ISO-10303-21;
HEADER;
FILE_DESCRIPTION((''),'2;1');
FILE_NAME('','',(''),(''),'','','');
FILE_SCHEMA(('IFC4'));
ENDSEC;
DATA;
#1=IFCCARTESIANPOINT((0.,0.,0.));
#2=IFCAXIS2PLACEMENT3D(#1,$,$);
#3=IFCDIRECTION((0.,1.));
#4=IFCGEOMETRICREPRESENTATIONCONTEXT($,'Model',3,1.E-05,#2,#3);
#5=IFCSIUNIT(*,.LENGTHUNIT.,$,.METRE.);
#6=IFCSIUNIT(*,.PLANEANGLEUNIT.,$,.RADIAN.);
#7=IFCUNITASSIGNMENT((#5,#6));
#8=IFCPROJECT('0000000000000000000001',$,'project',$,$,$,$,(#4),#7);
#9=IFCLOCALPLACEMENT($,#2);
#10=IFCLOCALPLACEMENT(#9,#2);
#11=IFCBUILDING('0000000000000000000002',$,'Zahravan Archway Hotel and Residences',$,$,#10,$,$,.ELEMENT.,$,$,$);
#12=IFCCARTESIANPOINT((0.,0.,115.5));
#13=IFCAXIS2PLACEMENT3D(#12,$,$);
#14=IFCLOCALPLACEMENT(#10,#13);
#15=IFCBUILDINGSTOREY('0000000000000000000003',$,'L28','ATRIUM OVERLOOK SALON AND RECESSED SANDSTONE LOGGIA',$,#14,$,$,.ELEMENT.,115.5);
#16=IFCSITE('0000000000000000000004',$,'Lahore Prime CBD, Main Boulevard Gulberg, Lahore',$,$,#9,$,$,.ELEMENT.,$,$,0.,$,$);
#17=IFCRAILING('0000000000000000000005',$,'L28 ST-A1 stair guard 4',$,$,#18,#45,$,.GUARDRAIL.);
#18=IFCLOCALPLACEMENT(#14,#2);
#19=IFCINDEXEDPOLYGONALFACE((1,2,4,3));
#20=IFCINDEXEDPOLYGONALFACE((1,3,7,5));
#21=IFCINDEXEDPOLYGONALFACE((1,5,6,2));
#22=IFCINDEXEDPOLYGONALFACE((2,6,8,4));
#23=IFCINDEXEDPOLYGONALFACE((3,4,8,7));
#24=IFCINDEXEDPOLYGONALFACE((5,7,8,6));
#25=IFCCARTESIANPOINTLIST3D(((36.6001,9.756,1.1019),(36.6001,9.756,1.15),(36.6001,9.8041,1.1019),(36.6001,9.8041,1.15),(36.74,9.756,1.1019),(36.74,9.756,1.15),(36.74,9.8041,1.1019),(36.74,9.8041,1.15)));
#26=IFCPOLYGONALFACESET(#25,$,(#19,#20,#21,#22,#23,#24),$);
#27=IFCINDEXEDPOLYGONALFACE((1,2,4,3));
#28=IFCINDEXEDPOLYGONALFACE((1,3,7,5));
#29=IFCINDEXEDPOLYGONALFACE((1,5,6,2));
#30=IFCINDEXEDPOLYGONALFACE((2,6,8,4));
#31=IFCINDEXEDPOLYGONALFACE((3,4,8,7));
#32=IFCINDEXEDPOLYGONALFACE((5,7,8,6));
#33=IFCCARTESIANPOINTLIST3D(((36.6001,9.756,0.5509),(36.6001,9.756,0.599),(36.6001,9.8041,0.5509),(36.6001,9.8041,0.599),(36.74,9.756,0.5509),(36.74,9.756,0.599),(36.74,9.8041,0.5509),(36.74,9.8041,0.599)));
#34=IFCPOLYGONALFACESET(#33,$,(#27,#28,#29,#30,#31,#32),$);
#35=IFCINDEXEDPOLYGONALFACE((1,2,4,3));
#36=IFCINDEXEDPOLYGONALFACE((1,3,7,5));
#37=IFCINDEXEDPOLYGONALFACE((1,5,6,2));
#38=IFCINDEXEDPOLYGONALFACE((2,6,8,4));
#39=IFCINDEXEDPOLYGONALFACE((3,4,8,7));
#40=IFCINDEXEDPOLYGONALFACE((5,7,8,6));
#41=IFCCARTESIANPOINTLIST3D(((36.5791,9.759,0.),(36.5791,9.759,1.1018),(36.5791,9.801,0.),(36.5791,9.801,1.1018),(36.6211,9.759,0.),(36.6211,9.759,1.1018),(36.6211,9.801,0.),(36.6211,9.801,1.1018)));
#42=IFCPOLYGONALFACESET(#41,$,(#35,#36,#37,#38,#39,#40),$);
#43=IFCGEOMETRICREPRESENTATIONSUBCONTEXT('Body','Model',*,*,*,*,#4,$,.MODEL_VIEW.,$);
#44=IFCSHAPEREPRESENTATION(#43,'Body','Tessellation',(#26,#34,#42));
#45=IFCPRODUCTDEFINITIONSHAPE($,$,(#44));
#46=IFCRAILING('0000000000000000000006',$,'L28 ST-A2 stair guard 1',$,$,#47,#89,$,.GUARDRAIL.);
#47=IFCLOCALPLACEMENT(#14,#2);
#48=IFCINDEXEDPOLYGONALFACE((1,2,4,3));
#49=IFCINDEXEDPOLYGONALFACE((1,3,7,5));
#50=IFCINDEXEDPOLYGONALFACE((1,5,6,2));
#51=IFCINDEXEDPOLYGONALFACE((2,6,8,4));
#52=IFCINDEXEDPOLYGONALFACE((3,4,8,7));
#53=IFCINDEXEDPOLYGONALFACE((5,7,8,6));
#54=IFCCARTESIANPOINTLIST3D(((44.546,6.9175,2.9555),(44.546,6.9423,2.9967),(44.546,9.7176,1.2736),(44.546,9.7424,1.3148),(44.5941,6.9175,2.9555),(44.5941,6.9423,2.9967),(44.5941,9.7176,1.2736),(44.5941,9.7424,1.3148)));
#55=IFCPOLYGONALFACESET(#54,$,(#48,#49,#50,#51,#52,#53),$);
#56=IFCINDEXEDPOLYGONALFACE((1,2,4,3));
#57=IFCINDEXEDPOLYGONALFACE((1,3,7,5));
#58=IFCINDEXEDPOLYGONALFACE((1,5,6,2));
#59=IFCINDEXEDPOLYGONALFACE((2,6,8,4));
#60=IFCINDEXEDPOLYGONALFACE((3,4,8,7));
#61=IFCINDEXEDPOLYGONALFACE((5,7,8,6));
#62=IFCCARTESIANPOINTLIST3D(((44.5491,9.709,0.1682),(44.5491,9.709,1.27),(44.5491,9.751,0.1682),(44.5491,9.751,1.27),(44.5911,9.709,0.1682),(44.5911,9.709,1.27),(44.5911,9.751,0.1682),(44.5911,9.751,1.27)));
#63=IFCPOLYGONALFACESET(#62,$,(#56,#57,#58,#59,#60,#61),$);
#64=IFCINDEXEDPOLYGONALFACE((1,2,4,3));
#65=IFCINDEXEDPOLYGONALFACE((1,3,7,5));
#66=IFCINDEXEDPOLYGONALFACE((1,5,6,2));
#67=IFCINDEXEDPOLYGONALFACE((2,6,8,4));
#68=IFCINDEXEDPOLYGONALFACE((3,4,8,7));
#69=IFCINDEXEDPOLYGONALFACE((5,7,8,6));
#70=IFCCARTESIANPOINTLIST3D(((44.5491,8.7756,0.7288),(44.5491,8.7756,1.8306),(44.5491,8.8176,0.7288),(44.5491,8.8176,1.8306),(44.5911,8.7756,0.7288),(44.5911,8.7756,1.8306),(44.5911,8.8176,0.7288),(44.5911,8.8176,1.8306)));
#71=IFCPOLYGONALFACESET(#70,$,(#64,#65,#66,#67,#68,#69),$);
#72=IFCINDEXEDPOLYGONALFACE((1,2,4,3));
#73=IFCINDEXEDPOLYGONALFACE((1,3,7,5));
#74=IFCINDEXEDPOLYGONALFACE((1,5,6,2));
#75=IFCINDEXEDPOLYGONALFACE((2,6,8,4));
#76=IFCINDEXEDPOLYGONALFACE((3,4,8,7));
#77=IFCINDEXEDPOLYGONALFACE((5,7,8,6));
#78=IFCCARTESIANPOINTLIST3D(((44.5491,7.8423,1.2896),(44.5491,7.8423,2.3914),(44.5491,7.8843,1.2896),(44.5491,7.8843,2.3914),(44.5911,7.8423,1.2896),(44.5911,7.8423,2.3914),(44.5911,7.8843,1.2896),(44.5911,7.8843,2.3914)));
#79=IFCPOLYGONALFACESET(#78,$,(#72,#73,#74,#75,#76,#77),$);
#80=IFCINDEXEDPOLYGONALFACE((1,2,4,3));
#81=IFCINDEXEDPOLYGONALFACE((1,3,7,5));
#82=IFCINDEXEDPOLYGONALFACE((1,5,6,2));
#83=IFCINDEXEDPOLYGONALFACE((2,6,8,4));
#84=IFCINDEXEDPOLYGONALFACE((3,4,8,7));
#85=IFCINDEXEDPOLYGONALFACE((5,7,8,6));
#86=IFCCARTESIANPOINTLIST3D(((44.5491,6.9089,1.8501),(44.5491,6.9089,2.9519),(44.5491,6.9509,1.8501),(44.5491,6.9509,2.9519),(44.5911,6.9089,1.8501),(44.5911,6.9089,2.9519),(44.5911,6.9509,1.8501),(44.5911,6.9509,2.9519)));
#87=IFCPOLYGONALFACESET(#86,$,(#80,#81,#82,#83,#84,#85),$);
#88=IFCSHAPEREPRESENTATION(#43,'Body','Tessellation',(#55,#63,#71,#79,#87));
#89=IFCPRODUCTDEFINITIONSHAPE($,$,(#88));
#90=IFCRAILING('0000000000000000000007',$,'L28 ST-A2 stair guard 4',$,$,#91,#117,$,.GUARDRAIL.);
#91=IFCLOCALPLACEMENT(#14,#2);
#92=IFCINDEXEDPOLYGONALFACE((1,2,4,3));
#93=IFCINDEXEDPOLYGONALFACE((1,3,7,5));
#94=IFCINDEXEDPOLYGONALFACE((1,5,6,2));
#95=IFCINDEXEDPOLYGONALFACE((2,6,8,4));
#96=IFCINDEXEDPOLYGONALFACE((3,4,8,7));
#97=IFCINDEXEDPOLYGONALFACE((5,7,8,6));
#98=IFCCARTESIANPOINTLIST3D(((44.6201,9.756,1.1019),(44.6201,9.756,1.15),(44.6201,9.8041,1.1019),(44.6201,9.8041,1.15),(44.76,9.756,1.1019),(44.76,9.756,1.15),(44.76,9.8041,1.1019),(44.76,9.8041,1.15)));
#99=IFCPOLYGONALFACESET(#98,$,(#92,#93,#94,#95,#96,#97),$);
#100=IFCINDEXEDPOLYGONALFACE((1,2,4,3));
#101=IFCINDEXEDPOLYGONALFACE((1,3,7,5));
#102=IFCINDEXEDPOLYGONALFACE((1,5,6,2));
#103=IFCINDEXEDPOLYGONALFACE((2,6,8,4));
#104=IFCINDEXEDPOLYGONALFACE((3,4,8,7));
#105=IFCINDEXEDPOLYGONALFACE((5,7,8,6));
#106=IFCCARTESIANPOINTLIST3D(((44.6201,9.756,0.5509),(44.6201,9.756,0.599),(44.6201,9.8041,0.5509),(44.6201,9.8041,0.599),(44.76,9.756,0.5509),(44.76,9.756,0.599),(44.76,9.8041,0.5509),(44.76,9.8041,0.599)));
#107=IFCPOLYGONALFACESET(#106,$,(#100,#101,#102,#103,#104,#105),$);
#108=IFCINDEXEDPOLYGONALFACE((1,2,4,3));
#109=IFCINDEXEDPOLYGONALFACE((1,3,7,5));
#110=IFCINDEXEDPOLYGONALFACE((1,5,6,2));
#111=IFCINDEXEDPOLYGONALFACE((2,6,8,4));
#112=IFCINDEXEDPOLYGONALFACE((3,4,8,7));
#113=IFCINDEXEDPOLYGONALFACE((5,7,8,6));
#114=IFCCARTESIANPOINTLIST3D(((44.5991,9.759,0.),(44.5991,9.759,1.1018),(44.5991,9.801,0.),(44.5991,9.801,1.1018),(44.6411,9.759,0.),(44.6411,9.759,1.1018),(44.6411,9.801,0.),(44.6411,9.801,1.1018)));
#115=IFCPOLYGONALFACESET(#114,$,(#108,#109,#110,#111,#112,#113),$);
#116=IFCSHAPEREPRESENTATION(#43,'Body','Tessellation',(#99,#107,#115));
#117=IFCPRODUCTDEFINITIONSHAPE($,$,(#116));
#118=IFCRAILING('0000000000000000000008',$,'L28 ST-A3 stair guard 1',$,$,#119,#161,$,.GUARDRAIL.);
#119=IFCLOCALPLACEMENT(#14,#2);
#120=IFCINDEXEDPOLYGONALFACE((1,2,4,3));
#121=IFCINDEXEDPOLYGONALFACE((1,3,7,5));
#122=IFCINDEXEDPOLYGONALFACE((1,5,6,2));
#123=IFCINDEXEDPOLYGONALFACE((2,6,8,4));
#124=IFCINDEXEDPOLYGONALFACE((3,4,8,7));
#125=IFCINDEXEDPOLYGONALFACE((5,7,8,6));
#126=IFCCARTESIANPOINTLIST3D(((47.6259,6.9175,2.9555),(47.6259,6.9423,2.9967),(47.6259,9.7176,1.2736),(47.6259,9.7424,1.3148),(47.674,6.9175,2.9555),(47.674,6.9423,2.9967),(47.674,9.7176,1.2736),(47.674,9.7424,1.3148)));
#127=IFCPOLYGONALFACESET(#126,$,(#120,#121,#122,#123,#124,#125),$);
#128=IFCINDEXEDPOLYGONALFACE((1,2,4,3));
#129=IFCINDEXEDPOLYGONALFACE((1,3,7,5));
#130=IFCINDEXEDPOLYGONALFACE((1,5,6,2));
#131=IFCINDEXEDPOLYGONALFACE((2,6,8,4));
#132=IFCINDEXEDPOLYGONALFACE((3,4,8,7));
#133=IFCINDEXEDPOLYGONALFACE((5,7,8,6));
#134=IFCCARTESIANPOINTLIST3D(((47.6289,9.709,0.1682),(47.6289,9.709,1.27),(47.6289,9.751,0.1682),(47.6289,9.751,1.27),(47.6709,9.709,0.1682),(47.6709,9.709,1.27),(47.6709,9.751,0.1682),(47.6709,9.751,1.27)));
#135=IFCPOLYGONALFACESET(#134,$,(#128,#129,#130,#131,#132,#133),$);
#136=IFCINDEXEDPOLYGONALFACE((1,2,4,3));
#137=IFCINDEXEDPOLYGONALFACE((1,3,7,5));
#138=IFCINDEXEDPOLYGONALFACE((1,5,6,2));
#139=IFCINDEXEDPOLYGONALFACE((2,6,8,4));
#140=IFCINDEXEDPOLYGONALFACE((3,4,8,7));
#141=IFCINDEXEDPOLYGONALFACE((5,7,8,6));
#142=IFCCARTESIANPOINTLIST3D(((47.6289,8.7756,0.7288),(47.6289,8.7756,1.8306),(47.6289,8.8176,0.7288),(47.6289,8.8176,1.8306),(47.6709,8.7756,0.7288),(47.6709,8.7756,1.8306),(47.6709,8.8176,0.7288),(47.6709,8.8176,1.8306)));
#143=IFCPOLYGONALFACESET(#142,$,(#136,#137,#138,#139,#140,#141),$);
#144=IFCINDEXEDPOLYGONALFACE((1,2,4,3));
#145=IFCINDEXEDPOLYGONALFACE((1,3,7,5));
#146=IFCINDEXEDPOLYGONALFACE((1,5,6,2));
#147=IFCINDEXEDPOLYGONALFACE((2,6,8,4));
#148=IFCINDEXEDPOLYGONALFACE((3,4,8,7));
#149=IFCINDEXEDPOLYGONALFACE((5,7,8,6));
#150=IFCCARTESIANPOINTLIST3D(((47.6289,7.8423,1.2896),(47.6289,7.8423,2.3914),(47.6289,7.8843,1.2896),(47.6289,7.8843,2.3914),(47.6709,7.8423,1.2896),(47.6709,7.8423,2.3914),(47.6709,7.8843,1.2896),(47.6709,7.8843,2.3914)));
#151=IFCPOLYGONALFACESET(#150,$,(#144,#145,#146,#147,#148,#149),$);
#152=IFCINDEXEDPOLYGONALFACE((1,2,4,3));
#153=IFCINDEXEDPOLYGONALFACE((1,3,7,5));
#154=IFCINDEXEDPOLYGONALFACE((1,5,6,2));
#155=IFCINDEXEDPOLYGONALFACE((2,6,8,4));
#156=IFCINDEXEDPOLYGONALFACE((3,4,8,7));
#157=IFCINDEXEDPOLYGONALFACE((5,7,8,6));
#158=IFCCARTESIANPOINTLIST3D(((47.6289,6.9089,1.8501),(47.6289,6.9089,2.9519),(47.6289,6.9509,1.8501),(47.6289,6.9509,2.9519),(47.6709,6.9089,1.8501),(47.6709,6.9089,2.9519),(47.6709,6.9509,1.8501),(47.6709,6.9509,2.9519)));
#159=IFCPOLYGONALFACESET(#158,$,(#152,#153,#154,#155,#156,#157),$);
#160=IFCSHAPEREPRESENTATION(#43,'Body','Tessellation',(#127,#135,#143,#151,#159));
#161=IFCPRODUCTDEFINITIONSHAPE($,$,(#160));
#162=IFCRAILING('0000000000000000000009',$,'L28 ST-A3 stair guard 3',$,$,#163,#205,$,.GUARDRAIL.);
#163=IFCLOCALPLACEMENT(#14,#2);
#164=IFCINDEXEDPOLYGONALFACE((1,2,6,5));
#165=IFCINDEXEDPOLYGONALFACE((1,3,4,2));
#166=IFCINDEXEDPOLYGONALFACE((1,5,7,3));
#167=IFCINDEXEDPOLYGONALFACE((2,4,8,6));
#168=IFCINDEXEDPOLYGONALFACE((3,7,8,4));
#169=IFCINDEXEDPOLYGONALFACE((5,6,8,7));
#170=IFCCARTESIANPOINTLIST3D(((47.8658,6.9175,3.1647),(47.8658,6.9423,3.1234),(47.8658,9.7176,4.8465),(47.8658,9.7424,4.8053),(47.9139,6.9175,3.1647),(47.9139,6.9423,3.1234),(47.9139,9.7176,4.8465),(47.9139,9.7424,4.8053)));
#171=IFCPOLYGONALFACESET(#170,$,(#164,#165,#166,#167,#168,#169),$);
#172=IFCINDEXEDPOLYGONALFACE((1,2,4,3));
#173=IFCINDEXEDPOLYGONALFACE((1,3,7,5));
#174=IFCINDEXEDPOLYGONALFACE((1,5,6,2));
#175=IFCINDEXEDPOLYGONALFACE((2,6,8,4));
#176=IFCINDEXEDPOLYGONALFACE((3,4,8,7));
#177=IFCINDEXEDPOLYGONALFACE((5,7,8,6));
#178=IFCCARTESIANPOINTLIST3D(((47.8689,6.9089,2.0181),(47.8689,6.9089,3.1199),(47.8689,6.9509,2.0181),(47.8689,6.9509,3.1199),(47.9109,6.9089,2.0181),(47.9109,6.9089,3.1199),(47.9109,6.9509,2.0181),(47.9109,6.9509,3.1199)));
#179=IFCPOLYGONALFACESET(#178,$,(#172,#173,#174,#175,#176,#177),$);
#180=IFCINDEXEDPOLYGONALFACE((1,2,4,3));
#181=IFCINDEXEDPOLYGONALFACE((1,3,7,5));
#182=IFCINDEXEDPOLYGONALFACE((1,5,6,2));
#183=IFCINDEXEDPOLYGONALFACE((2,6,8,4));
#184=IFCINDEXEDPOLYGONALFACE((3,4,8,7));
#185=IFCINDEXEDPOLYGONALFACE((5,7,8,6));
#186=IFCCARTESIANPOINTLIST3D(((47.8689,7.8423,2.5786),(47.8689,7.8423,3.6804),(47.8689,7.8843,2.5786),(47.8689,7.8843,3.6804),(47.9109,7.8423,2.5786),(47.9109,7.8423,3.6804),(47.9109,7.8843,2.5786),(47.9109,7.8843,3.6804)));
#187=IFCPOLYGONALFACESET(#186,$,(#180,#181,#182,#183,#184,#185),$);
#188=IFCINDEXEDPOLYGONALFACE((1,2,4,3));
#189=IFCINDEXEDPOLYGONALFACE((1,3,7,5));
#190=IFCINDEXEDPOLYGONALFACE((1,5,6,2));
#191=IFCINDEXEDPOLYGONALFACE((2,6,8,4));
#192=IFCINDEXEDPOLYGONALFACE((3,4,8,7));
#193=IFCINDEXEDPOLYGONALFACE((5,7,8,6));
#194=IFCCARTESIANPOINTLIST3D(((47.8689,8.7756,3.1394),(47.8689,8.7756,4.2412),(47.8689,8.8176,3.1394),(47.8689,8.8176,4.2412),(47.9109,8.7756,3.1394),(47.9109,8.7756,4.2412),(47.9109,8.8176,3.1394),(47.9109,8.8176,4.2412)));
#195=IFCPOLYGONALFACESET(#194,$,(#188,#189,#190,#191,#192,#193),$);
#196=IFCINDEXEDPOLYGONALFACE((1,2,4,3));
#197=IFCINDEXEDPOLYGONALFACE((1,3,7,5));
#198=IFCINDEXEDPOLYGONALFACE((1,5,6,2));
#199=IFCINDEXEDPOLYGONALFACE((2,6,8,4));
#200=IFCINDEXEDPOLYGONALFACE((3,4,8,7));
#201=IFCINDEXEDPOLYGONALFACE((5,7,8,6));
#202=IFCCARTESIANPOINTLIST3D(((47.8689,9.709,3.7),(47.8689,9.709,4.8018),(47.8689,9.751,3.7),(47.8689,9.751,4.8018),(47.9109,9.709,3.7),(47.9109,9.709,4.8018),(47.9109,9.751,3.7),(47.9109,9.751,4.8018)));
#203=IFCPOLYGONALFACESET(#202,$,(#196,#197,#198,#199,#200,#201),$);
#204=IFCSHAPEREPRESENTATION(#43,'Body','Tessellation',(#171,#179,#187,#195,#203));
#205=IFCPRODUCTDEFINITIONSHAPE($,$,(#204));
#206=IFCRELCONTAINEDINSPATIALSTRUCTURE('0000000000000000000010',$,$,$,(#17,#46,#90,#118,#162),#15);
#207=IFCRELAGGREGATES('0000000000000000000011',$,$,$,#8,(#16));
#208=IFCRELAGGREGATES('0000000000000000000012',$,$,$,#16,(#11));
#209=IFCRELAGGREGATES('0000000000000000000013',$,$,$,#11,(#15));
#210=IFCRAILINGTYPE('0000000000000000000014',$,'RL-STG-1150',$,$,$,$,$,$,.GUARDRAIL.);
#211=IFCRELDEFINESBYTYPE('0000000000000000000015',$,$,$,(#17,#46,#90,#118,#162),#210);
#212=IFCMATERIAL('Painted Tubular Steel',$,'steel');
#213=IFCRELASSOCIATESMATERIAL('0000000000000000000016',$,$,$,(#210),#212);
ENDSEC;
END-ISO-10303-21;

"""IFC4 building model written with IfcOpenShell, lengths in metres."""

from ifc_helpers import new_model, si_unit, direction, frame, origin, origin_2d, place, context, subcontext, project, spatial, rectangle, extrude, material, type_object, element, save


model = new_model("IFC4")

# Units and contexts
model_context = context("Model", 3, precision=1e-05, world=origin(), true_north=direction((0.0, 1.0)))
body_context = subcontext(model_context, "Body", "Model", "MODEL_VIEW")
ifc_project = project(units=[si_unit("LENGTHUNIT", "METRE"), si_unit("PLANEANGLEUNIT", "RADIAN")], contexts=[model_context])

# Site, building, storey
site_placement = place(None, origin())
site = spatial("IfcSite", under=ifc_project, at=site_placement, Name="Lahore Prime CBD, Main Boulevard Gulberg, Lahore", CompositionType="ELEMENT", RefElevation=0.0)
building_placement = place(site_placement, origin())
building = spatial("IfcBuilding", under=site, at=building_placement, Name="Zahravan Archway Hotel and Residences", CompositionType="ELEMENT")
storey_placement = place(building_placement, frame((0.0, 0.0, 115.5)))
storey = spatial("IfcBuildingStorey", under=building, at=storey_placement, Name="L28", Description="ATRIUM OVERLOOK SALON AND RECESSED SANDSTONE LOGGIA", CompositionType="ELEMENT", Elevation=115.5)

# Railings
ifc_material_1 = material(Name="Painted Tubular Steel", Category="steel")
railing_type_1 = type_object("IfcRailingType", Name="RL-STG-1150", PredefinedType="GUARDRAIL", material=ifc_material_1)
railing_1_placement = place(storey_placement, frame((36.6001, 9.78, 0.0)))
element("IfcRailing", 1, at=railing_1_placement, inside=storey, type_object=railing_type_1, Name="L28 ST-A1 stair guard 4", PredefinedType="GUARDRAIL", context=body_context, shape_type="SweptSolid", body=[
    extrude(rectangle(XDim=0.0481, YDim=0.0481, at=origin_2d()), frame((0.0, 0.0, 1.126), z_axis=(1.0, 0.0, 0.0), x_axis=(0.0, 1.0, 0.0)), (0.0, 0.0, 1.0), 0.1399),
    extrude(rectangle(XDim=0.0481, YDim=0.0481, at=origin_2d()), frame((0.0, 0.0, 0.575), z_axis=(1.0, 0.0, 0.0), x_axis=(0.0, 1.0, 0.0)), (0.0, 0.0, 1.0), 0.1399),
    extrude(rectangle(XDim=0.042, YDim=0.042, at=origin_2d()), origin(), (0.0, 0.0, 1.0), 1.1018),
])
railing_2_placement = place(storey_placement, frame((44.5701, 9.73, 0.1682)))
element("IfcRailing", 2, at=railing_2_placement, inside=storey, type_object=railing_type_1, Name="L28 ST-A2 stair guard 1", PredefinedType="GUARDRAIL", context=body_context, shape_type="SweptSolid", body=[
    extrude(rectangle(XDim=0.0481, YDim=0.0481, at=origin_2d()), frame((0.0, 0.0, 1.126), z_axis=(0.0, -0.857242, 0.514913), x_axis=(1.0, 0.0, 0.0)), (0.0, 0.0, 1.0), 3.2664),
    extrude(rectangle(XDim=0.042, YDim=0.042, at=origin_2d()), origin(), (0.0, 0.0, 1.0), 1.1018),
    extrude(rectangle(XDim=0.042, YDim=0.042, at=origin_2d()), frame((0.0, -0.9333, 0.5605)), (0.0, 0.0, 1.0), 1.1018),
    extrude(rectangle(XDim=0.042, YDim=0.042, at=origin_2d()), frame((0.0, -1.8667, 1.1213)), (0.0, 0.0, 1.0), 1.1018),
    extrude(rectangle(XDim=0.042, YDim=0.042, at=origin_2d()), frame((0.0, -2.8, 1.6819)), (0.0, 0.0, 1.0), 1.1018),
])
railing_3_placement = place(storey_placement, frame((44.6201, 9.78, 0.0)))
element("IfcRailing", 3, at=railing_3_placement, inside=storey, type_object=railing_type_1, Name="L28 ST-A2 stair guard 4", PredefinedType="GUARDRAIL", context=body_context, shape_type="SweptSolid", body=[
    extrude(rectangle(XDim=0.0481, YDim=0.0481, at=origin_2d()), frame((0.0, 0.0, 1.126), z_axis=(1.0, 0.0, 0.0), x_axis=(0.0, 1.0, 0.0)), (0.0, 0.0, 1.0), 0.1399),
    extrude(rectangle(XDim=0.0481, YDim=0.0481, at=origin_2d()), frame((0.0, 0.0, 0.575), z_axis=(1.0, 0.0, 0.0), x_axis=(0.0, 1.0, 0.0)), (0.0, 0.0, 1.0), 0.1399),
    extrude(rectangle(XDim=0.042, YDim=0.042, at=origin_2d()), origin(), (0.0, 0.0, 1.0), 1.1018),
])
railing_4_placement = place(storey_placement, frame((47.6499, 9.73, 0.1682)))
element("IfcRailing", 4, at=railing_4_placement, inside=storey, type_object=railing_type_1, Name="L28 ST-A3 stair guard 1", PredefinedType="GUARDRAIL", context=body_context, shape_type="SweptSolid", body=[
    extrude(rectangle(XDim=0.0481, YDim=0.0481, at=origin_2d()), frame((0.0, 0.0, 1.126), z_axis=(0.0, -0.857242, 0.514913), x_axis=(1.0, 0.0, 0.0)), (0.0, 0.0, 1.0), 3.2664),
    extrude(rectangle(XDim=0.042, YDim=0.042, at=origin_2d()), origin(), (0.0, 0.0, 1.0), 1.1018),
    extrude(rectangle(XDim=0.042, YDim=0.042, at=origin_2d()), frame((0.0, -0.9333, 0.5605)), (0.0, 0.0, 1.0), 1.1018),
    extrude(rectangle(XDim=0.042, YDim=0.042, at=origin_2d()), frame((0.0, -1.8667, 1.1213)), (0.0, 0.0, 1.0), 1.1018),
    extrude(rectangle(XDim=0.042, YDim=0.042, at=origin_2d()), frame((0.0, -2.8, 1.6819)), (0.0, 0.0, 1.0), 1.1018),
])
railing_5_placement = place(storey_placement, frame((47.8899, 6.9299, 2.0181)))
element("IfcRailing", 5, at=railing_5_placement, inside=storey, type_object=railing_type_1, Name="L28 ST-A3 stair guard 3", PredefinedType="GUARDRAIL", context=body_context, shape_type="SweptSolid", body=[
    extrude(rectangle(XDim=0.0481, YDim=0.0481, at=origin_2d()), frame((0.0, 0.0, 1.126), z_axis=(0.0, 0.857242, 0.514913), x_axis=(-1.0, 0.0, 0.0)), (0.0, 0.0, 1.0), 3.2664),
    extrude(rectangle(XDim=0.042, YDim=0.042, at=origin_2d()), origin(), (0.0, 0.0, 1.0), 1.1018),
    extrude(rectangle(XDim=0.042, YDim=0.042, at=origin_2d()), frame((0.0, 0.9333, 0.5605)), (0.0, 0.0, 1.0), 1.1018),
    extrude(rectangle(XDim=0.042, YDim=0.042, at=origin_2d()), frame((0.0, 1.8667, 1.1213)), (0.0, 0.0, 1.0), 1.1018),
    extrude(rectangle(XDim=0.042, YDim=0.042, at=origin_2d()), frame((0.0, 2.8, 1.6819)), (0.0, 0.0, 1.0), 1.1018),
])

save(model, "model.ifc")
